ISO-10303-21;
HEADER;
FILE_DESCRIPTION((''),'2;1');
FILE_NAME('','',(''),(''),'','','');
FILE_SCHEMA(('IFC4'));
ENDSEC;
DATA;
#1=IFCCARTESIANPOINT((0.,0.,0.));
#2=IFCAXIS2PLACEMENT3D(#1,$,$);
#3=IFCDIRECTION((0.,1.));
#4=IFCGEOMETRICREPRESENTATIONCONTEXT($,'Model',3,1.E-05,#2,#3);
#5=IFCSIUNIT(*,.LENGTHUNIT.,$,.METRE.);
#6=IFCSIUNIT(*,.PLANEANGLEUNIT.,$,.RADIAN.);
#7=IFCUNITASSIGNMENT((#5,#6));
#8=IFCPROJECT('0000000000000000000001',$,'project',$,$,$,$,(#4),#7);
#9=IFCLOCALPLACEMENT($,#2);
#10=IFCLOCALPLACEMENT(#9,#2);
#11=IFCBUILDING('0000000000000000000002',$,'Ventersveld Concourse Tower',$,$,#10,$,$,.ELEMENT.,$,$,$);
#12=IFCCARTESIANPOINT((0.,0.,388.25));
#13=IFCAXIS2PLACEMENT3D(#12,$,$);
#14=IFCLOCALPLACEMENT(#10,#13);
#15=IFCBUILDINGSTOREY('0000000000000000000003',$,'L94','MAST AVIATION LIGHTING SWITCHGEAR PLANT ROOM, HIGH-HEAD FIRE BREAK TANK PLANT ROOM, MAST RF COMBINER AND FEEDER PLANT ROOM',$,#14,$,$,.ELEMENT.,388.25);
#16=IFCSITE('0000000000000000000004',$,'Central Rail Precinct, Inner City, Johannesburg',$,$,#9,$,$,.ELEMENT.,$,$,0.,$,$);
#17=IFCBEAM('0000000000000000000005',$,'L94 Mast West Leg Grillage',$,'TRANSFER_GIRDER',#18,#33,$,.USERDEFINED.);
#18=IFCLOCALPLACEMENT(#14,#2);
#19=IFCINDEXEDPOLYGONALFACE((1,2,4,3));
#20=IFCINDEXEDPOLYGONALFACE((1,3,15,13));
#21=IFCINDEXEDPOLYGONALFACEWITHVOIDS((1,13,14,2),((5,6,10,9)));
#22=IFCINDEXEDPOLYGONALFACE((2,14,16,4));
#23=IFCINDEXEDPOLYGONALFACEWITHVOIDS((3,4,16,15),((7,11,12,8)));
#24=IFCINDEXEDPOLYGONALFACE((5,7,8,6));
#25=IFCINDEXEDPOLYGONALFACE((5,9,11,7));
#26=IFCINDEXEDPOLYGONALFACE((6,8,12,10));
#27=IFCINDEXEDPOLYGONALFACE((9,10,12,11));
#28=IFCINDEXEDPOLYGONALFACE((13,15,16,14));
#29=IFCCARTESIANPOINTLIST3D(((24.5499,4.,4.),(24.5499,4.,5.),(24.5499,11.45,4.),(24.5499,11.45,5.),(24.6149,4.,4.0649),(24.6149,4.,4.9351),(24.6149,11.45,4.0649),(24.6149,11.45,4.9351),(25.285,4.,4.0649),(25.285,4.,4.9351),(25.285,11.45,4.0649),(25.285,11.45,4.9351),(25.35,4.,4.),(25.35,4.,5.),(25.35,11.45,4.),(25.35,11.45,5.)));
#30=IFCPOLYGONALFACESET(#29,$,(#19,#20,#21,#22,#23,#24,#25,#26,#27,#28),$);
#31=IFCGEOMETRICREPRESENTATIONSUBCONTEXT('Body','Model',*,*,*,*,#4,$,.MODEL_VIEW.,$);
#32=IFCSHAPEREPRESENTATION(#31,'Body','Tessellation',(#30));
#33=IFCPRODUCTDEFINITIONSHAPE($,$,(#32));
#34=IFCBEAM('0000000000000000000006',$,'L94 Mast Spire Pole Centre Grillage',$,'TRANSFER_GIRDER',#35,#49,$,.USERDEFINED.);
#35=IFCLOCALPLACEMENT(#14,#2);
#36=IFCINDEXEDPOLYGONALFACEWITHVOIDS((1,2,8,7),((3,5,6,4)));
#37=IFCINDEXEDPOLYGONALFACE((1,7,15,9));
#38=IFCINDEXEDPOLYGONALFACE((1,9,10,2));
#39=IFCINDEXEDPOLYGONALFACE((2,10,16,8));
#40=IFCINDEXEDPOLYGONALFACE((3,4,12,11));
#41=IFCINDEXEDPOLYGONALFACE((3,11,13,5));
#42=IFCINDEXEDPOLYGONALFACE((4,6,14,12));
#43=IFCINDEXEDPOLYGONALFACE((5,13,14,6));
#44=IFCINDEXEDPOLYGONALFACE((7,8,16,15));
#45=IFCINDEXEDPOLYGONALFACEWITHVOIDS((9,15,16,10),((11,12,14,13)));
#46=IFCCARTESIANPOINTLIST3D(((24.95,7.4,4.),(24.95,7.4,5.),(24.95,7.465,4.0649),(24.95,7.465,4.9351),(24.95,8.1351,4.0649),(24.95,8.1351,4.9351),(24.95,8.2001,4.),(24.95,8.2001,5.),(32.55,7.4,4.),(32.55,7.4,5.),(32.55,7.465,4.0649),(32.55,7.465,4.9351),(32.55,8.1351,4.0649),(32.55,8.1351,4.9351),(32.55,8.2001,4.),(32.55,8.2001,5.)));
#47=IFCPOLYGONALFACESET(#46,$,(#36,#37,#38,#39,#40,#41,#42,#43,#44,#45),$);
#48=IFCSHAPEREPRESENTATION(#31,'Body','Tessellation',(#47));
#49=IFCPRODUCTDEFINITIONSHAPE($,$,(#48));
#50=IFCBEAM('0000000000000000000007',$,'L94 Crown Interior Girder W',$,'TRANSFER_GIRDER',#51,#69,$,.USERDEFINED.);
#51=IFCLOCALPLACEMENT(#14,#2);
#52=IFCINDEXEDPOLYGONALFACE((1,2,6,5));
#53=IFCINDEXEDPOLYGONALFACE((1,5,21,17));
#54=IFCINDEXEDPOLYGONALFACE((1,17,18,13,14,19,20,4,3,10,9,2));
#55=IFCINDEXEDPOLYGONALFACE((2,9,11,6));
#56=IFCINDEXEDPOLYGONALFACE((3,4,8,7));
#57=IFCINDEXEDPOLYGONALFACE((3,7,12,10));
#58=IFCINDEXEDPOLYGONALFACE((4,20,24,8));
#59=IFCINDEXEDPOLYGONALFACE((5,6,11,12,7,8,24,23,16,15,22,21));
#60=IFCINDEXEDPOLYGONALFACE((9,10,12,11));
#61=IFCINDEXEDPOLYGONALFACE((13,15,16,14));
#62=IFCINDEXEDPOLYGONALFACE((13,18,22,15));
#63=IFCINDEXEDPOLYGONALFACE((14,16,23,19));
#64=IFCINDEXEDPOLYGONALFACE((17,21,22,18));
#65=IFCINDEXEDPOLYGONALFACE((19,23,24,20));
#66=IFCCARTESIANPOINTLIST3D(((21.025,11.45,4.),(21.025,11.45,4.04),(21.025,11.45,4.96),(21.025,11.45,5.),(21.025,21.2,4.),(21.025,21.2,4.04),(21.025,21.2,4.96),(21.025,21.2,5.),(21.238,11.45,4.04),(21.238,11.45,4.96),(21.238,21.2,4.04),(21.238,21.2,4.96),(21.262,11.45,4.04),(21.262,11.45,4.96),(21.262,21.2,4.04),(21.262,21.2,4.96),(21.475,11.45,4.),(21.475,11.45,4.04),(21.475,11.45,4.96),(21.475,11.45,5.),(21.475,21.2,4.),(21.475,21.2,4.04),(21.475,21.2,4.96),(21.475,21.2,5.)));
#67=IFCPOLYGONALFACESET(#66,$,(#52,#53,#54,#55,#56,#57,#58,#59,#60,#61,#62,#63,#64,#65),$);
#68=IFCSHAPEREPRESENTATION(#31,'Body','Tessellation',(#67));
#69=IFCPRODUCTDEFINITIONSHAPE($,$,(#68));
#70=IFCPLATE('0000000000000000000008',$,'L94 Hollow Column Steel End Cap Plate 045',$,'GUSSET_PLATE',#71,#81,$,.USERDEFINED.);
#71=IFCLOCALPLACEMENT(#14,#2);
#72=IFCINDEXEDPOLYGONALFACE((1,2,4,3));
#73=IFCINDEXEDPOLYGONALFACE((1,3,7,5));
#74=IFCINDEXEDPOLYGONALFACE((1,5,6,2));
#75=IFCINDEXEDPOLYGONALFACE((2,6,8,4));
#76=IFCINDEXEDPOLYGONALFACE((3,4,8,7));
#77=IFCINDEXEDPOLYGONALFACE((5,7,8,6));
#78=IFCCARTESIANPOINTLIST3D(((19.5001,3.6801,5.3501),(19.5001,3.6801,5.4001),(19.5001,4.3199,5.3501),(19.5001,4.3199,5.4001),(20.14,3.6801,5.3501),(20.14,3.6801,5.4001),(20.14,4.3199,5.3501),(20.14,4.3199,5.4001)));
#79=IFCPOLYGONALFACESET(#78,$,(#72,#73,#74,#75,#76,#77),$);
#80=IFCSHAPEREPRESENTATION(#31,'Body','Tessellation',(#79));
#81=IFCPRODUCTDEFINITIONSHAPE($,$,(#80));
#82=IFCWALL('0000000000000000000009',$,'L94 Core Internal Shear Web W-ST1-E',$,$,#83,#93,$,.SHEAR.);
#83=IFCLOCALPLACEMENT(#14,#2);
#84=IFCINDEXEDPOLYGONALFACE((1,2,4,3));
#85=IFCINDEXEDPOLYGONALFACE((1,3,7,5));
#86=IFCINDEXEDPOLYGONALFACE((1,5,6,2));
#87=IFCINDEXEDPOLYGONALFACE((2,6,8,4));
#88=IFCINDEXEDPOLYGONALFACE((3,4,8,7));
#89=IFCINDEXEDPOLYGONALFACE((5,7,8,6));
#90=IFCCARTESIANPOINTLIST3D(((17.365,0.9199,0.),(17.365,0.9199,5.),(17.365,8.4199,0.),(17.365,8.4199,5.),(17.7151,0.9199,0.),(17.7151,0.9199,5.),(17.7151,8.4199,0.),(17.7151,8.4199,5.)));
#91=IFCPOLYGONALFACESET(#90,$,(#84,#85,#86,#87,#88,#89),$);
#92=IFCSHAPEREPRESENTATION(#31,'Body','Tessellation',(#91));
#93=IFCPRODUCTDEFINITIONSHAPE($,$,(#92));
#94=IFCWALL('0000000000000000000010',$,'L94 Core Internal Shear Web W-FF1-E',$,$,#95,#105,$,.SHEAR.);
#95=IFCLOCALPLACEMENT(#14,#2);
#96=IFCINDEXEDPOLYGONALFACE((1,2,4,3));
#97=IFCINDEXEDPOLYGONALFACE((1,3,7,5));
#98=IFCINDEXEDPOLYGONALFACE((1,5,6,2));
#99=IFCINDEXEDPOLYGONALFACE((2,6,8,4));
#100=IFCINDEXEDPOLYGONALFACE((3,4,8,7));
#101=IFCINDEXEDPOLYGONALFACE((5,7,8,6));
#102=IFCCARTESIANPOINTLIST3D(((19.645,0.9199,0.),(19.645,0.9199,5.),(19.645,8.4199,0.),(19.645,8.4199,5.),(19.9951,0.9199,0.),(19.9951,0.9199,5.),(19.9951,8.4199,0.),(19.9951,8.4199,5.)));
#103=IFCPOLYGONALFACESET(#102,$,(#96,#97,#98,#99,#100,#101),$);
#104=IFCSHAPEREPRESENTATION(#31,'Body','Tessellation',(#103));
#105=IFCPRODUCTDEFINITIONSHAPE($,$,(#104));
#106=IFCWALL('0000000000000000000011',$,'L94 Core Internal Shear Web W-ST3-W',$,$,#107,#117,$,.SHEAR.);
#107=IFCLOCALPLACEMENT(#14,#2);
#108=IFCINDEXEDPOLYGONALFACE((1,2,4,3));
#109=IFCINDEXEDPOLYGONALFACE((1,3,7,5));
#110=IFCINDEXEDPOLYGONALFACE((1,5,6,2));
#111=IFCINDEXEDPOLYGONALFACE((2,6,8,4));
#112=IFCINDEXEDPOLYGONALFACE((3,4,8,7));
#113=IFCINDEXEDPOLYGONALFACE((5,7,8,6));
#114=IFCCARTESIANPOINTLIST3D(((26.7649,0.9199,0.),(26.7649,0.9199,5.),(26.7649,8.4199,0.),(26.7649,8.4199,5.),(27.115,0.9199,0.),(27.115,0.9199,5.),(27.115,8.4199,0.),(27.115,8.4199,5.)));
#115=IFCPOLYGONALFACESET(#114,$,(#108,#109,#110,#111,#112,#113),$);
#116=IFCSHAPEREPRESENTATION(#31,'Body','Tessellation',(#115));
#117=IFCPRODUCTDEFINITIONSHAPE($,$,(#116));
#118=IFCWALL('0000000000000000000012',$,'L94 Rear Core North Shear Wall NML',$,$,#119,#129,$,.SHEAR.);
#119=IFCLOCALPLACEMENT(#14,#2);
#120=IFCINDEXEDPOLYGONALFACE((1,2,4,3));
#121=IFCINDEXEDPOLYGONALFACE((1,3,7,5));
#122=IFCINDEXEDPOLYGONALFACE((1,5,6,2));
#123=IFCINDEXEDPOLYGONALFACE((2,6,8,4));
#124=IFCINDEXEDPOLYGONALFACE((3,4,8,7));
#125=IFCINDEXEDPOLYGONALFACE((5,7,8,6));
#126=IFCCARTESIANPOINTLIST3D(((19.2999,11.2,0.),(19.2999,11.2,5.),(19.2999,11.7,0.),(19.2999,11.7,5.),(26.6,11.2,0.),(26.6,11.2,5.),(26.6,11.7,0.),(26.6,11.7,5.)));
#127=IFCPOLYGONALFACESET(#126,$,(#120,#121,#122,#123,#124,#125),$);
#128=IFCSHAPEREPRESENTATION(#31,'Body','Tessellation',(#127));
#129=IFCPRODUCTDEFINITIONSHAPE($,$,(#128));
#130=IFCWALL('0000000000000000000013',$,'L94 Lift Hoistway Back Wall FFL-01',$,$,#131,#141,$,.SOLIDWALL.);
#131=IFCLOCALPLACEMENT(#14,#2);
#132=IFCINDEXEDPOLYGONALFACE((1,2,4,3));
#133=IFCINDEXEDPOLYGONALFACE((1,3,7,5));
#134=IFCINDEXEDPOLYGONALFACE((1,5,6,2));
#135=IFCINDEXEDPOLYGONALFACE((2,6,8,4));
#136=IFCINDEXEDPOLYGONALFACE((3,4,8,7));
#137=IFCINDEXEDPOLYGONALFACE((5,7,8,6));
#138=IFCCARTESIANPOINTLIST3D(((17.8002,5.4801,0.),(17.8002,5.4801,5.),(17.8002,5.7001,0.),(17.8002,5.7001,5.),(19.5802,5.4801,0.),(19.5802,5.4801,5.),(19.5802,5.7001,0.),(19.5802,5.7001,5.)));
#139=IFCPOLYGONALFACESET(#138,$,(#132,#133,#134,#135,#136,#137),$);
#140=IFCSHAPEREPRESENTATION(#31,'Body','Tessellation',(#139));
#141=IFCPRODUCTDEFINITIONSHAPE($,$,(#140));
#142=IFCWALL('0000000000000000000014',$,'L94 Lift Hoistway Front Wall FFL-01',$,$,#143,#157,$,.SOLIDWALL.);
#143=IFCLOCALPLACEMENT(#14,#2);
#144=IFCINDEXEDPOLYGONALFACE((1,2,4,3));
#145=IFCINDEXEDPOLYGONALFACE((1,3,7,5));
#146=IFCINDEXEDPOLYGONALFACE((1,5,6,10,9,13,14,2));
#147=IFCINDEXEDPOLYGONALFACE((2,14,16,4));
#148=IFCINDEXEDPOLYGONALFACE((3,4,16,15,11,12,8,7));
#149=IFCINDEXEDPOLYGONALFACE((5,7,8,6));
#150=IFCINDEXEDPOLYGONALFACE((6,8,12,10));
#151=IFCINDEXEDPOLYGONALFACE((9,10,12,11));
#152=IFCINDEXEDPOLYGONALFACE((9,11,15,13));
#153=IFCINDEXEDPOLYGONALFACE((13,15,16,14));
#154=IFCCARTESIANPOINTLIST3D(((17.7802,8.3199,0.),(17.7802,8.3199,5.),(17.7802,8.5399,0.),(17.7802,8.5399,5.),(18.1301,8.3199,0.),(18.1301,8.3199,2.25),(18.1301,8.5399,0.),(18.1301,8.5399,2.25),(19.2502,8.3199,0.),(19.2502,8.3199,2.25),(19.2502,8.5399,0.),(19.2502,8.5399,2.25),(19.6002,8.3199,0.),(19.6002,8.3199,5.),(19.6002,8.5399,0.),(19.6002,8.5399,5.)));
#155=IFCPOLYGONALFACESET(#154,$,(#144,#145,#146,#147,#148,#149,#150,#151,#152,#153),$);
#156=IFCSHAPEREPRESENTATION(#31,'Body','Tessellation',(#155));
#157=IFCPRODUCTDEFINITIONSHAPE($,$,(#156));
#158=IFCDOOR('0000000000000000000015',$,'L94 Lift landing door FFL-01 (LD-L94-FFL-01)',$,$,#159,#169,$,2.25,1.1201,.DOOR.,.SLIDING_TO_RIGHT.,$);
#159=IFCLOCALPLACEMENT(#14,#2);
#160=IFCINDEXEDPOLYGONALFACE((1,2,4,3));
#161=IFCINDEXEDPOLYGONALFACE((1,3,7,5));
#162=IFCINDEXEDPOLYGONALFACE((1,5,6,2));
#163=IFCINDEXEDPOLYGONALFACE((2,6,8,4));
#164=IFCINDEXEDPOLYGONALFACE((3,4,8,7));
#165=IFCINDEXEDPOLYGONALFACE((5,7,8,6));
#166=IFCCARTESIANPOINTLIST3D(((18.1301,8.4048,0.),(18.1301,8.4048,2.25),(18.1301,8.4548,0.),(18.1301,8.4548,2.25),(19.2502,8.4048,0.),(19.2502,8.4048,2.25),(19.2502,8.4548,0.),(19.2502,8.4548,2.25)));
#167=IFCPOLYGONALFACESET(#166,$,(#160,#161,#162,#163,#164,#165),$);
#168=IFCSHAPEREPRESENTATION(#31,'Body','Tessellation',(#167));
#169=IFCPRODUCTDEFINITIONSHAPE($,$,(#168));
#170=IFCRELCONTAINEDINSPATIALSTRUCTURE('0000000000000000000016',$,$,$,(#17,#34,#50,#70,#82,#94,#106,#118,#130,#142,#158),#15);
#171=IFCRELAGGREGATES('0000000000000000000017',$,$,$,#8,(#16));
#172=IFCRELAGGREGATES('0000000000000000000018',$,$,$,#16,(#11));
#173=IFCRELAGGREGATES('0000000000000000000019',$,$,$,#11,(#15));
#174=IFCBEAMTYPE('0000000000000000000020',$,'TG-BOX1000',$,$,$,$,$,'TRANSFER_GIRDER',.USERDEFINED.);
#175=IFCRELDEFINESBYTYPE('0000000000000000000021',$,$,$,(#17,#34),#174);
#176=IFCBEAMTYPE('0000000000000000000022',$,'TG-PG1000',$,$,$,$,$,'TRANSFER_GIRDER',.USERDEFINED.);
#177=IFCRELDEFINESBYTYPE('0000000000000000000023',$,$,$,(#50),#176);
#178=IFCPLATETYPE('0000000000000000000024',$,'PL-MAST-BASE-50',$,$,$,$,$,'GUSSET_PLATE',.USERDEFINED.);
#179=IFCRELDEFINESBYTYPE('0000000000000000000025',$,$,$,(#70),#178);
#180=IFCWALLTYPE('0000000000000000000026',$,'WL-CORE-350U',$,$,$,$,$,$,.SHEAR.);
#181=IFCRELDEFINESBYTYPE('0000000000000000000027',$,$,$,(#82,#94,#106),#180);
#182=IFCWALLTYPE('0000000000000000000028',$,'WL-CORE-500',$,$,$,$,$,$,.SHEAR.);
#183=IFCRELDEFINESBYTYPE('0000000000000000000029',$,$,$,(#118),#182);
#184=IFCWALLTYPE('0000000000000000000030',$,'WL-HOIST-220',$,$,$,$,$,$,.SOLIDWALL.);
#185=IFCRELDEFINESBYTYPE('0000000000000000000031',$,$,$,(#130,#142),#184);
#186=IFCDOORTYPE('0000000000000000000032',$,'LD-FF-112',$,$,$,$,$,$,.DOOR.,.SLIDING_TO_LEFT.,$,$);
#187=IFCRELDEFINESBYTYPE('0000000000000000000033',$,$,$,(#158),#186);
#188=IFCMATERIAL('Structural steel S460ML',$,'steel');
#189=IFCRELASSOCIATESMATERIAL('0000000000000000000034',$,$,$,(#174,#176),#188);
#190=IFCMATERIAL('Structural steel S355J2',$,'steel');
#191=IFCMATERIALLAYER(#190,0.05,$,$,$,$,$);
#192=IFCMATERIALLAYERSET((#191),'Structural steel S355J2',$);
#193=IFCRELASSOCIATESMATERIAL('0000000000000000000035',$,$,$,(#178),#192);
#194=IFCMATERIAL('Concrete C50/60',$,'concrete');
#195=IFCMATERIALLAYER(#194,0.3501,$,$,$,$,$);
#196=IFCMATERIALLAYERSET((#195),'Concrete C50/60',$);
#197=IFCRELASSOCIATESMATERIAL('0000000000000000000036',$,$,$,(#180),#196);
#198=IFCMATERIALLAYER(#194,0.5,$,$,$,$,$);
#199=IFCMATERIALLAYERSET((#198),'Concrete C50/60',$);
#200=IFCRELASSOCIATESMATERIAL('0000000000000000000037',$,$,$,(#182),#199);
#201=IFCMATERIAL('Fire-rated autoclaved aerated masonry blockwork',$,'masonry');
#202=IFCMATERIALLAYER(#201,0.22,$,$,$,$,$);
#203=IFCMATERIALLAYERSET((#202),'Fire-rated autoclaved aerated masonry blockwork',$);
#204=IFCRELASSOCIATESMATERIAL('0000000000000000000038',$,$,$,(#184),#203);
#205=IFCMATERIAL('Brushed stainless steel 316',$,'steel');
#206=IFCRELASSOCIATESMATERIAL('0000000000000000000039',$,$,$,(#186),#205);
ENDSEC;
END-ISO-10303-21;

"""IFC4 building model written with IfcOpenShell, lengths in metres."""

from ifc_helpers import new_model, si_unit, direction, frame, frame_2d, origin, origin_2d, place, context, subcontext, project, spatial, rectangle, hollow_rectangle, i_section, extrude, material, layer, layer_set, material_profile, profile_set, type_object, element, fill, save


model = new_model("IFC4")

# Units and contexts
model_context = context("Model", 3, precision=1e-05, world=origin(), true_north=direction((0.0, 1.0)))
body_context = subcontext(model_context, "Body", "Model", "MODEL_VIEW")
ifc_project = project(units=[si_unit("LENGTHUNIT", "METRE"), si_unit("PLANEANGLEUNIT", "RADIAN")], contexts=[model_context])

# Site, building, storey
site_placement = place(None, origin())
site = spatial("IfcSite", under=ifc_project, at=site_placement, Name="Central Rail Precinct, Inner City, Johannesburg", CompositionType="ELEMENT", RefElevation=0.0)
building_placement = place(site_placement, origin())
building = spatial("IfcBuilding", under=site, at=building_placement, Name="Ventersveld Concourse Tower", CompositionType="ELEMENT")
storey_placement = place(building_placement, frame((0.0, 0.0, 388.25)))
storey = spatial("IfcBuildingStorey", under=building, at=storey_placement, Name="L94", Description="MAST AVIATION LIGHTING SWITCHGEAR PLANT ROOM, HIGH-HEAD FIRE BREAK TANK PLANT ROOM, MAST RF COMBINER AND FEEDER PLANT ROOM", CompositionType="ELEMENT", Elevation=388.25)

# Beams
ifc_material_1 = material(Name="Concrete C50/60", Category="concrete")
ifc_material_2 = material(Name="Structural steel S355J2", Category="steel")
ifc_material_3 = material(Name="Structural steel S460ML", Category="steel")
ifc_material_profile_1 = material_profile(ifc_material_3, hollow_rectangle(XDim=0.8, YDim=1.0, WallThickness=0.0649, at=origin_2d()), Name="BOX 1000x800x65")
ifc_profile_set_1 = profile_set([ifc_material_profile_1], Name="Structural steel S460ML")
beam_type_1 = type_object("IfcBeamType", Name="TG-BOX1000", ElementType="TRANSFER_GIRDER", PredefinedType="USERDEFINED", material=ifc_profile_set_1)
beam_1_placement = place(storey_placement, frame((24.95, 4.0, 4.5), z_axis=(0.0, 1.0, 0.0), x_axis=(-1.0, 0.0, 0.0)))
element("IfcBeam", 1, at=beam_1_placement, inside=storey, type_object=beam_type_1, Name="L94 Mast West Leg Grillage", ObjectType="TRANSFER_GIRDER", PredefinedType="USERDEFINED", context=body_context, shape_type="SweptSolid", body=[
    extrude(hollow_rectangle(XDim=0.8, YDim=1.0, WallThickness=0.0649, at=origin_2d()), origin(), (0.0, 0.0, 1.0), 7.45),
])
beam_2_placement = place(storey_placement, frame((24.95, 7.8, 4.5), z_axis=(1.0, 0.0, 0.0), x_axis=(0.0, 1.0, 0.0)))
element("IfcBeam", 2, at=beam_2_placement, inside=storey, type_object=beam_type_1, Name="L94 Mast Spire Pole Centre Grillage", ObjectType="TRANSFER_GIRDER", PredefinedType="USERDEFINED", context=body_context, shape_type="SweptSolid", body=[
    extrude(hollow_rectangle(XDim=0.8, YDim=1.0, WallThickness=0.0649, at=origin_2d()), origin(), (0.0, 0.0, 1.0), 7.6001),
])
ifc_material_profile_2 = material_profile(ifc_material_3, i_section(OverallWidth=0.45, OverallDepth=1.0, WebThickness=0.0239, FlangeThickness=0.04, at=origin_2d()), Name="PG 1000x450x40")
ifc_profile_set_2 = profile_set([ifc_material_profile_2], Name="Structural steel S460ML")
beam_type_2 = type_object("IfcBeamType", Name="TG-PG1000", ElementType="TRANSFER_GIRDER", PredefinedType="USERDEFINED", material=ifc_profile_set_2)
beam_3_placement = place(storey_placement, frame((21.25, 11.45, 4.5), z_axis=(0.0, 1.0, 0.0), x_axis=(-1.0, 0.0, 0.0)))
element("IfcBeam", 3, at=beam_3_placement, inside=storey, type_object=beam_type_2, Name="L94 Crown Interior Girder W", ObjectType="TRANSFER_GIRDER", PredefinedType="USERDEFINED", context=body_context, shape_type="SweptSolid", body=[
    extrude(i_section(OverallWidth=0.45, OverallDepth=1.0, WebThickness=0.0239, FlangeThickness=0.04, at=origin_2d()), origin(), (0.0, 0.0, 1.0), 9.75),
])

# Plate
ifc_layer_1 = layer(ifc_material_2, 0.05)
ifc_layer_set_1 = layer_set([ifc_layer_1], Name="Structural steel S355J2")
plate_type = type_object("IfcPlateType", Name="PL-MAST-BASE-50", ElementType="GUSSET_PLATE", PredefinedType="USERDEFINED", material=ifc_layer_set_1)
plate_placement = place(storey_placement, frame((19.8201, 4.0, 5.3501), z_axis=(0.0, 0.0, 1.0), x_axis=(1.0, 0.0, 0.0)))
element("IfcPlate", 4, at=plate_placement, inside=storey, type_object=plate_type, Name="L94 Hollow Column Steel End Cap Plate 045", ObjectType="GUSSET_PLATE", PredefinedType="USERDEFINED", context=body_context, shape_type="SweptSolid", body=[
    extrude(rectangle(XDim=0.6399, YDim=0.6399, at=origin_2d()), origin(), (0.0, 0.0, 1.0), 0.05),
])

# Walls
ifc_layer_2 = layer(ifc_material_1, 0.3501)
ifc_layer_set_2 = layer_set([ifc_layer_2], Name="Concrete C50/60")
wall_type_1 = type_object("IfcWallType", Name="WL-CORE-350U", PredefinedType="SHEAR", material=ifc_layer_set_2)
for number, where, z_axis, x_axis, name in (
    (5, (17.54, 0.9199, 0.0), (0.0, 0.0, 1.0), (0.0, 1.0, 0.0), "L94 Core Internal Shear Web W-ST1-E"),
    (6, (19.8201, 0.9199, 0.0), (0.0, 0.0, 1.0), (0.0, 1.0, 0.0), "L94 Core Internal Shear Web W-FF1-E"),
    (7, (26.9399, 0.9199, 0.0), (0.0, 0.0, 1.0), (0.0, 1.0, 0.0), "L94 Core Internal Shear Web W-ST3-W"),
):
    element("IfcWall", number, at=place(storey_placement, frame(where, z_axis=z_axis, x_axis=x_axis)), inside=storey, type_object=wall_type_1, Name=name, PredefinedType="SHEAR", context=body_context, shape_type="SweptSolid", body=[
        extrude(rectangle(XDim=7.5, YDim=0.3501, at=frame_2d((3.75, 0.0))), origin(), (0.0, 0.0, 1.0), 5.0),
    ])
ifc_layer_3 = layer(ifc_material_1, 0.5)
ifc_layer_set_3 = layer_set([ifc_layer_3], Name="Concrete C50/60")
wall_type_2 = type_object("IfcWallType", Name="WL-CORE-500", PredefinedType="SHEAR", material=ifc_layer_set_3)
wall_1_placement = place(storey_placement, frame((19.3, 11.45, 0.0), z_axis=(0.0, 0.0, 1.0), x_axis=(1.0, 0.0, 0.0)))
element("IfcWall", 8, at=wall_1_placement, inside=storey, type_object=wall_type_2, Name="L94 Rear Core North Shear Wall NML", PredefinedType="SHEAR", context=body_context, shape_type="SweptSolid", body=[
    extrude(rectangle(XDim=7.3, YDim=0.5, at=frame_2d((3.6499, 0.0))), origin(), (0.0, 0.0, 1.0), 5.0),
])
ifc_material_4 = material(Name="Fire-rated autoclaved aerated masonry blockwork", Category="masonry")
ifc_layer_4 = layer(ifc_material_4, 0.22)
ifc_layer_set_4 = layer_set([ifc_layer_4], Name="Fire-rated autoclaved aerated masonry blockwork")
wall_type_3 = type_object("IfcWallType", Name="WL-HOIST-220", PredefinedType="SOLIDWALL", material=ifc_layer_set_4)
wall_2_placement = place(storey_placement, frame((17.8, 5.5901, 0.0), z_axis=(0.0, 0.0, 1.0), x_axis=(1.0, 0.0, 0.0)))
element("IfcWall", 9, at=wall_2_placement, inside=storey, type_object=wall_type_3, Name="L94 Lift Hoistway Back Wall FFL-01", PredefinedType="SOLIDWALL", context=body_context, shape_type="SweptSolid", body=[
    extrude(rectangle(XDim=1.78, YDim=0.22, at=frame_2d((0.8901, 0.0))), origin(), (0.0, 0.0, 1.0), 5.0),
])

# Wall, opening, door
wall_3_placement = place(storey_placement, frame((17.78, 8.4299, 0.0), z_axis=(0.0, 0.0, 1.0), x_axis=(1.0, 0.0, 0.0)))
wall_3 = element("IfcWall", 10, at=wall_3_placement, inside=storey, type_object=wall_type_3, Name="L94 Lift Hoistway Front Wall FFL-01", PredefinedType="SOLIDWALL", context=body_context, shape_type="SweptSolid", body=[
    extrude(rectangle(XDim=1.8201, YDim=0.22, at=frame_2d((0.9102, 0.0))), origin(), (0.0, 0.0, 1.0), 5.0),
])
opening_1_placement = place(wall_3_placement, frame((0.3501, 0.0, 0.0)))
opening_1 = element("IfcOpeningElement", 11, at=opening_1_placement, cuts=wall_3, PredefinedType="OPENING", context=body_context, shape_type="SweptSolid", body=[
    extrude(rectangle(XDim=1.1201, YDim=2.25, at=frame_2d((0.5601, 1.125))), frame((0.0, 0.1201, 0.0), z_axis=(0.0, -1.0, 0.0), x_axis=(1.0, 0.0, 0.0)), (0.0, 0.0, 1.0), 0.24),
])
ifc_material_5 = material(Name="Brushed stainless steel 316", Category="steel")
door_type_1 = type_object("IfcDoorType", Name="LD-FF-112", OperationType="SLIDING_TO_LEFT", PredefinedType="DOOR", material=ifc_material_5)
door_1_placement = place(opening_1_placement, origin())
door_1 = element("IfcDoor", 12, at=door_1_placement, inside=storey, type_object=door_type_1, Name="L94 Lift landing door FFL-01 (LD-L94-FFL-01)", OperationType="SLIDING_TO_RIGHT", OverallHeight=2.25, OverallWidth=1.1201, PredefinedType="DOOR", context=body_context, shape_type="SweptSolid", body=[
    extrude(rectangle(XDim=1.1201, YDim=2.25, at=frame_2d((0.5601, 1.125))), frame((0.0, 0.0249, 0.0), z_axis=(0.0, -1.0, 0.0), x_axis=(1.0, 0.0, 0.0)), (0.0, 0.0, 1.0), 0.05),
])
fill(opening_1, door_1)

save(model, "model.ifc")
